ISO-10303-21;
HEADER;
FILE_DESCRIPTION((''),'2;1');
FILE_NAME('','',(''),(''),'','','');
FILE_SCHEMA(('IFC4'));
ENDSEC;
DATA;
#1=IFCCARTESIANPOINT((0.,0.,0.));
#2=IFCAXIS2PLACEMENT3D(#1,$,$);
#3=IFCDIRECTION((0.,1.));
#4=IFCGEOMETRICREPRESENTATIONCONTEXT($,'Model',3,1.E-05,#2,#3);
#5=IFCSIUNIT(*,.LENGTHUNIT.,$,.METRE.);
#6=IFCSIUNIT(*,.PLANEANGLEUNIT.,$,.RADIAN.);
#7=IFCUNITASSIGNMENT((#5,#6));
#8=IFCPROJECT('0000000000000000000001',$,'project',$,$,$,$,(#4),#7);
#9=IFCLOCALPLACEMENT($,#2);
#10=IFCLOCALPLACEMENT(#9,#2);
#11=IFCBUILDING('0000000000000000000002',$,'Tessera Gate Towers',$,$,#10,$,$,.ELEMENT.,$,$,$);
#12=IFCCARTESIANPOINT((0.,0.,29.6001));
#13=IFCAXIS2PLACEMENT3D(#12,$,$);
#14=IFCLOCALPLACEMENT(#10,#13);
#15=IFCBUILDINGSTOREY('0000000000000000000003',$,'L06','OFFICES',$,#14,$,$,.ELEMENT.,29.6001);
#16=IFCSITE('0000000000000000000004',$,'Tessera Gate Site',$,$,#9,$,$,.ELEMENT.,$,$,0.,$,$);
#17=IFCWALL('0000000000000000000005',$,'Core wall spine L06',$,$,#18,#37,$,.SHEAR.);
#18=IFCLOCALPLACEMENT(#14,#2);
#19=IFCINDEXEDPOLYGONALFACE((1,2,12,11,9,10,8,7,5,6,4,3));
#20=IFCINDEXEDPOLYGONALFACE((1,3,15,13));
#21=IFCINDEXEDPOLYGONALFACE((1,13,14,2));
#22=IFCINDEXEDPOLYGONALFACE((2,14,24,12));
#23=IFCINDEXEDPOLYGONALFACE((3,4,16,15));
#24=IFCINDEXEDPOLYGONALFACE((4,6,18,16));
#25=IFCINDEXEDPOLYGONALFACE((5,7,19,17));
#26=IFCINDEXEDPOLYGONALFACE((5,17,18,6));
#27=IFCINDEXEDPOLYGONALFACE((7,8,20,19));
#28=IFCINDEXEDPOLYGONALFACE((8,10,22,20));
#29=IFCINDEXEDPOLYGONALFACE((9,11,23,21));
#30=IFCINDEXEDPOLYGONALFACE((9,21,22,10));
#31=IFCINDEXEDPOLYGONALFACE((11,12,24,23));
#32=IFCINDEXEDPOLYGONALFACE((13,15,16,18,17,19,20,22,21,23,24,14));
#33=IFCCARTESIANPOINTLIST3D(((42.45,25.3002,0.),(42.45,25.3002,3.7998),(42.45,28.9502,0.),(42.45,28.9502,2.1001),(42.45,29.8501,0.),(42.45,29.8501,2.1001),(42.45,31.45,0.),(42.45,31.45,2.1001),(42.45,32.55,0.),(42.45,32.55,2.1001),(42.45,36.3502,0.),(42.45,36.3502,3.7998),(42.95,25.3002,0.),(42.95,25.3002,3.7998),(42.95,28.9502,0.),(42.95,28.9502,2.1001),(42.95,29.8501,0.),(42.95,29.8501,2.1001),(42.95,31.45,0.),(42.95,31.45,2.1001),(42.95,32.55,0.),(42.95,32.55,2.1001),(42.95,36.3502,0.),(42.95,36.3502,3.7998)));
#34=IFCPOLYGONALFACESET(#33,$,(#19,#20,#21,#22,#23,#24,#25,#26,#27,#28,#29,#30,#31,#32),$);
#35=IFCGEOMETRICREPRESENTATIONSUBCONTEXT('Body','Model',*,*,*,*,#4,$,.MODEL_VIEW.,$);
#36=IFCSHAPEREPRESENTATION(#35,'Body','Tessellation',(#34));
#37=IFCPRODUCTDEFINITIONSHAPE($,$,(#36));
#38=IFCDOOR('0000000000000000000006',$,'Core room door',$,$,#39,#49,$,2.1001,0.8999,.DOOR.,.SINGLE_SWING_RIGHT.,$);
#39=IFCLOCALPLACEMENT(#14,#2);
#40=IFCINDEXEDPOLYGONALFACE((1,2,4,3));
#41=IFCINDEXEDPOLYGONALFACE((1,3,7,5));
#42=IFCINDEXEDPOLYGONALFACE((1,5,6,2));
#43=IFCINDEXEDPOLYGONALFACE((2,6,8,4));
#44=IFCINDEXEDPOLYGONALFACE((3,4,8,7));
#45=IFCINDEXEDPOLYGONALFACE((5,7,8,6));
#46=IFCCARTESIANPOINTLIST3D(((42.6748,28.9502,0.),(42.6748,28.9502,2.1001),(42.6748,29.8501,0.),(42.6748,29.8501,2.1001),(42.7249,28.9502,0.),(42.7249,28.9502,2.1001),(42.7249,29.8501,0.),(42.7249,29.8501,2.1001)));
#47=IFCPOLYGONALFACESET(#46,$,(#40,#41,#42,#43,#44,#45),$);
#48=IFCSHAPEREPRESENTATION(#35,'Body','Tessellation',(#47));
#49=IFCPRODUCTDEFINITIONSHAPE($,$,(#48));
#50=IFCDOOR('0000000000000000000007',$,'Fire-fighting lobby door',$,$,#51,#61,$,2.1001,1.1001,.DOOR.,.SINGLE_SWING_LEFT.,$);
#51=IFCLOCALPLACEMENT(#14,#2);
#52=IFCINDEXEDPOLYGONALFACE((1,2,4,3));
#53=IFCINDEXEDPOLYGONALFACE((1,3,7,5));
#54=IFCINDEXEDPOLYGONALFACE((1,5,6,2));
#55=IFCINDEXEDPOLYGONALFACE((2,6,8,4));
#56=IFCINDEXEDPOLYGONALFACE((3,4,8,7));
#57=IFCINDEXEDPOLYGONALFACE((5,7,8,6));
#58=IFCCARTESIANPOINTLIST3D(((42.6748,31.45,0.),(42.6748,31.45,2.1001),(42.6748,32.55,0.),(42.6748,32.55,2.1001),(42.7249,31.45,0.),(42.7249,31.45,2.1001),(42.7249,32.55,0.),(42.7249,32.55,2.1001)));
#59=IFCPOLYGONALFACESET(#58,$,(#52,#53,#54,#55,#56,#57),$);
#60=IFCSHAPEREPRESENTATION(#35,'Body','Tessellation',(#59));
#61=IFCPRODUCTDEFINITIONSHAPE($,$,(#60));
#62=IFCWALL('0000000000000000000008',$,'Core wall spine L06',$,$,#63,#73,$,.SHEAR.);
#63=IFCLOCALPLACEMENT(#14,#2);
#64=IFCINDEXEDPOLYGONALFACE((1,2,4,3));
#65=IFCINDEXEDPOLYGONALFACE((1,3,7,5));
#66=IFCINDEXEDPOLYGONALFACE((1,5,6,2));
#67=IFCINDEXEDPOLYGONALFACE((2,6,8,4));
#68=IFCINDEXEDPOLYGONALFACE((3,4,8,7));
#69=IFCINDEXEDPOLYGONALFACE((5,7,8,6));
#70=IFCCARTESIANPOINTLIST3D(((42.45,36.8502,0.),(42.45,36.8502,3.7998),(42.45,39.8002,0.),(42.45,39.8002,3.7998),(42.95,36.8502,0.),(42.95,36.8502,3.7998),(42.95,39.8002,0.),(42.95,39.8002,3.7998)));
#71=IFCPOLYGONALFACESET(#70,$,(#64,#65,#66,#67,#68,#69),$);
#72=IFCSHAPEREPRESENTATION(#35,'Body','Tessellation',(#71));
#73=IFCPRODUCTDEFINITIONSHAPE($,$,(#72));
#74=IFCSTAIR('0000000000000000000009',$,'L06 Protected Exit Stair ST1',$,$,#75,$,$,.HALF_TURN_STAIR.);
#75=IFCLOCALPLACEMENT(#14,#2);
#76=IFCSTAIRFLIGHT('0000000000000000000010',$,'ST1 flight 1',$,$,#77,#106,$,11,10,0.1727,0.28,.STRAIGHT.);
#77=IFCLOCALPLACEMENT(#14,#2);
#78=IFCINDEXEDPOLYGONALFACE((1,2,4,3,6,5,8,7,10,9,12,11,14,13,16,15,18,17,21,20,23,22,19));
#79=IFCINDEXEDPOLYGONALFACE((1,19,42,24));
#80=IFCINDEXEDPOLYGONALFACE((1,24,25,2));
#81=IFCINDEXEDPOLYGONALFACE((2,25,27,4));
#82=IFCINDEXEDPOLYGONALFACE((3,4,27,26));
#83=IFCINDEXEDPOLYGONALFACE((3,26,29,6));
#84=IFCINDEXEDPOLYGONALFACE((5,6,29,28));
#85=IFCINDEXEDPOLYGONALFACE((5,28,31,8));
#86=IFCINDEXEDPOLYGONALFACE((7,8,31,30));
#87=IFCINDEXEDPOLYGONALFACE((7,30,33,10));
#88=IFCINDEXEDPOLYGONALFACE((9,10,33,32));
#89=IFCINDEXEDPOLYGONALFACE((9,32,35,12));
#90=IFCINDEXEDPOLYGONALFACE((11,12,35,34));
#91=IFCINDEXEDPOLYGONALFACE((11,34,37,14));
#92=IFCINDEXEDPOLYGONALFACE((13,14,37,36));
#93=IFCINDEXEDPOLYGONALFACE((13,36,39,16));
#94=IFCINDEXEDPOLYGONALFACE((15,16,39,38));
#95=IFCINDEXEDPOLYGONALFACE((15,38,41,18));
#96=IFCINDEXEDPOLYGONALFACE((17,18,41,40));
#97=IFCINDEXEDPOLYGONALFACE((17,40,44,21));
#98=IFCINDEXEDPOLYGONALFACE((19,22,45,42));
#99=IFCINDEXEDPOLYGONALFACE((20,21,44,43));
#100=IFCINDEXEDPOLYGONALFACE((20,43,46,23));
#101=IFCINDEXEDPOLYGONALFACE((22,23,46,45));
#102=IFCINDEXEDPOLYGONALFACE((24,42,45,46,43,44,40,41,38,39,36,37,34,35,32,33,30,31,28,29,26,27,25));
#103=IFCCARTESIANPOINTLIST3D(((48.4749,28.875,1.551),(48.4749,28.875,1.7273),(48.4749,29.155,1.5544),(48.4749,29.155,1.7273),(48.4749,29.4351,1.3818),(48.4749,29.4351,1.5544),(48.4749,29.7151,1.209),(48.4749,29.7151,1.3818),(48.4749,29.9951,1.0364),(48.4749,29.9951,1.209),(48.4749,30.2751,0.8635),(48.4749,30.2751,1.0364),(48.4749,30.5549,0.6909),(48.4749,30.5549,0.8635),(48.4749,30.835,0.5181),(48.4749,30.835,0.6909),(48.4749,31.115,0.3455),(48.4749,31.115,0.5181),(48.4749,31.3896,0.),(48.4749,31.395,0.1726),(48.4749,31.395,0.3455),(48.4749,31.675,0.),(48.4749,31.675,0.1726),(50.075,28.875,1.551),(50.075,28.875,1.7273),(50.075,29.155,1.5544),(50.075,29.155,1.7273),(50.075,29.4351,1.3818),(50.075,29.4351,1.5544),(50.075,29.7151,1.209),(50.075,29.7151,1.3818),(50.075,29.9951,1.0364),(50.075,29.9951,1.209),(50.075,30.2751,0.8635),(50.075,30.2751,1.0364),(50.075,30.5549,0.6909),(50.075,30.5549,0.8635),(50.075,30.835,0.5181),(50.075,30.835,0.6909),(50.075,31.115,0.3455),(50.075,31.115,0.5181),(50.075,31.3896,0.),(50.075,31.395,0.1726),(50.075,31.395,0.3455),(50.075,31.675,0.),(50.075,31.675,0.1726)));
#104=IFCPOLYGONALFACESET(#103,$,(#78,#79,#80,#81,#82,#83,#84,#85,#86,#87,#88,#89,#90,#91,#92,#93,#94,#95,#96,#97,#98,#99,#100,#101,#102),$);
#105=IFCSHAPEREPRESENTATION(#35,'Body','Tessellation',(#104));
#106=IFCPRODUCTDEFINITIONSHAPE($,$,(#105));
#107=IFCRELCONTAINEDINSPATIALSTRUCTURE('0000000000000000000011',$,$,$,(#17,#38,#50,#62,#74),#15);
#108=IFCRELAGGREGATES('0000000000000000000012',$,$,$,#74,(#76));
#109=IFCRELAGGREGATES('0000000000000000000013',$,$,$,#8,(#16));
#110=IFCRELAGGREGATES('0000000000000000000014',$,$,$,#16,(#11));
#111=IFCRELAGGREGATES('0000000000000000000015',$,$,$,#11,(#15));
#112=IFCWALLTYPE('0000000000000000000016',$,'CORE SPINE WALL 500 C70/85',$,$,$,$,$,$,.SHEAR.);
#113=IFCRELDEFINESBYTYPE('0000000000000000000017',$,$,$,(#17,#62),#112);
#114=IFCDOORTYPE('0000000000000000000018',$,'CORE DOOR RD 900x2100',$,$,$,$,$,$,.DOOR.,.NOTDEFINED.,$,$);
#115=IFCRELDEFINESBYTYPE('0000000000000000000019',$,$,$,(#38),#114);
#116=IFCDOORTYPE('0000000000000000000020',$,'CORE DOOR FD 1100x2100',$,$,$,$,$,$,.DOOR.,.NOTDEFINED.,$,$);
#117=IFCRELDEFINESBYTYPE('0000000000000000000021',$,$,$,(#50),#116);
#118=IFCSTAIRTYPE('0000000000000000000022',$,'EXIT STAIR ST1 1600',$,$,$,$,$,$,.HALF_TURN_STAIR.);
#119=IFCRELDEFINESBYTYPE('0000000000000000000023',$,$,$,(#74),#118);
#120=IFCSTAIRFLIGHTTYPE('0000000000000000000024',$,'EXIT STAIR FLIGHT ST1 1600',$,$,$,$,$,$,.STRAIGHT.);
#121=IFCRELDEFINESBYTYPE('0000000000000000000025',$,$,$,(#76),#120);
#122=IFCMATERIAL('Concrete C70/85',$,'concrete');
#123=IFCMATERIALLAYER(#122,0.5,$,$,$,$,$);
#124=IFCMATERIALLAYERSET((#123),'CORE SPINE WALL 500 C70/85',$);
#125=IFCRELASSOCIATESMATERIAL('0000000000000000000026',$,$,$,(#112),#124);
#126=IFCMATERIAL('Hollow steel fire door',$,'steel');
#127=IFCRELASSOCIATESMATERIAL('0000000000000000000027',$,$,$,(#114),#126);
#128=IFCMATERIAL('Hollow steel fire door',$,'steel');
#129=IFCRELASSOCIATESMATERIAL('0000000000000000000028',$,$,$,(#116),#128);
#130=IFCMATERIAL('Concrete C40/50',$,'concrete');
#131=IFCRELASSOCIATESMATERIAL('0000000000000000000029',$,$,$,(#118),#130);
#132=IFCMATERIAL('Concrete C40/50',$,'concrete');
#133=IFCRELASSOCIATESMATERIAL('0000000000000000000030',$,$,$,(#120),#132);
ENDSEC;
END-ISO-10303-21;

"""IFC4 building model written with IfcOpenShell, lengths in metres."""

from ifc_helpers import new_model, si_unit, direction, frame, frame_2d, origin, place, context, subcontext, project, spatial, polyline, rectangle, outline, extrude, source, transform, mapped, material, layer, layer_set, type_object, element, fill, aggregate, save


model = new_model("IFC4")

# Units and contexts
model_context = context("Model", 3, precision=1e-05, world=origin(), true_north=direction((0.0, 1.0)))
body_context = subcontext(model_context, "Body", "Model", "MODEL_VIEW")
ifc_project = project(units=[si_unit("LENGTHUNIT", "METRE"), si_unit("PLANEANGLEUNIT", "RADIAN")], contexts=[model_context])

# Site, building, storey
site_placement = place(None, origin())
site = spatial("IfcSite", under=ifc_project, at=site_placement, Name="Tessera Gate Site", CompositionType="ELEMENT", RefElevation=0.0)
building_placement = place(site_placement, origin())
building = spatial("IfcBuilding", under=site, at=building_placement, Name="Tessera Gate Towers", CompositionType="ELEMENT")
storey_placement = place(building_placement, frame((0.0, 0.0, 29.6001)))
storey = spatial("IfcBuildingStorey", under=building, at=storey_placement, Name="L06", Description="OFFICES", CompositionType="ELEMENT", Elevation=29.6001)

# Wall, openings, doors
ifc_material_1 = material(Name="Concrete C70/85", Category="concrete")
ifc_layer_1 = layer(ifc_material_1, 0.5)
ifc_layer_set_1 = layer_set([ifc_layer_1], Name="CORE SPINE WALL 500 C70/85")
wall_type_1 = type_object("IfcWallType", Name="CORE SPINE WALL 500 C70/85", PredefinedType="SHEAR", material=ifc_layer_set_1)
wall_1_placement = place(storey_placement, frame((42.7, 36.3501, 0.0), z_axis=(0.0, 0.0, 1.0), x_axis=(0.0, -1.0, 0.0)))
wall_1 = element("IfcWall", 1, at=wall_1_placement, inside=storey, type_object=wall_type_1, Name="Core wall spine L06", PredefinedType="SHEAR", context=body_context, shape_type="SweptSolid", body=[
    extrude(rectangle(XDim=11.05, YDim=0.5, at=frame_2d((5.5249, 0.0))), origin(), (0.0, 0.0, 1.0), 3.7998),
])
shared_shape_1 = source(origin(), body_context, "Body", "SweptSolid", [
    extrude(rectangle(XDim=0.8999, YDim=2.1001, at=frame_2d((0.45, 1.05))), frame((0.0, 0.26, 0.0), z_axis=(0.0, -1.0, 0.0), x_axis=(1.0, 0.0, 0.0)), (0.0, 0.0, 1.0), 0.52),
])
opening_1_placement = place(wall_1_placement, frame((6.5, 0.0, 0.0)))
opening_1 = element("IfcOpeningElement", 2, at=opening_1_placement, cuts=wall_1, PredefinedType="OPENING", context=body_context, shape_type="MappedRepresentation", body=[
    mapped(shared_shape_1, transform((0.0, 0.0, 0.0), scale=1.0)),
])
shared_shape_2 = source(origin(), body_context, "Body", "SweptSolid", [
    extrude(rectangle(XDim=1.1001, YDim=2.1001, at=frame_2d((0.55, 1.05))), frame((0.0, 0.26, 0.0), z_axis=(0.0, -1.0, 0.0), x_axis=(1.0, 0.0, 0.0)), (0.0, 0.0, 1.0), 0.52),
])
opening_2_placement = place(wall_1_placement, frame((3.8, 0.0, 0.0)))
opening_2 = element("IfcOpeningElement", 3, at=opening_2_placement, cuts=wall_1, PredefinedType="OPENING", context=body_context, shape_type="MappedRepresentation", body=[
    mapped(shared_shape_2, transform((0.0, 0.0, 0.0), scale=1.0)),
])
ifc_material_2 = material(Name="Hollow steel fire door", Category="steel")
door_type_1 = type_object("IfcDoorType", Name="CORE DOOR RD 900x2100", OperationType="NOTDEFINED", PredefinedType="DOOR", material=ifc_material_2)
shared_shape_3 = source(origin(), body_context, "Body", "SweptSolid", [
    extrude(rectangle(XDim=0.8999, YDim=2.1001, at=frame_2d((0.45, 1.05))), frame((0.0, 0.0249, 0.0), z_axis=(0.0, -1.0, 0.0), x_axis=(1.0, 0.0, 0.0)), (0.0, 0.0, 1.0), 0.05),
])
door_1_placement = place(opening_1_placement, origin())
door_1 = element("IfcDoor", 4, at=door_1_placement, inside=storey, type_object=door_type_1, Name="Core room door", OperationType="SINGLE_SWING_RIGHT", OverallHeight=2.1001, OverallWidth=0.8999, PredefinedType="DOOR", context=body_context, shape_type="MappedRepresentation", body=[
    mapped(shared_shape_3, transform((0.0, 0.0, 0.0), scale=1.0)),
])
fill(opening_1, door_1)
ifc_material_3 = material(Name="Hollow steel fire door", Category="steel")
door_type_2 = type_object("IfcDoorType", Name="CORE DOOR FD 1100x2100", OperationType="NOTDEFINED", PredefinedType="DOOR", material=ifc_material_3)
shared_shape_4 = source(origin(), body_context, "Body", "SweptSolid", [
    extrude(rectangle(XDim=1.1001, YDim=2.1001, at=frame_2d((0.55, 1.05))), frame((0.0, 0.0249, 0.0), z_axis=(0.0, -1.0, 0.0), x_axis=(1.0, 0.0, 0.0)), (0.0, 0.0, 1.0), 0.05),
])
door_2_placement = place(opening_2_placement, origin())
door_2 = element("IfcDoor", 5, at=door_2_placement, inside=storey, type_object=door_type_2, Name="Fire-fighting lobby door", OperationType="SINGLE_SWING_LEFT", OverallHeight=2.1001, OverallWidth=1.1001, PredefinedType="DOOR", context=body_context, shape_type="MappedRepresentation", body=[
    mapped(shared_shape_4, transform((0.0, 0.0, 0.0), scale=1.0)),
])
fill(opening_2, door_2)

# Wall
wall_2_placement = place(storey_placement, frame((42.7, 36.8501, 0.0), z_axis=(0.0, 0.0, 1.0), x_axis=(0.0, 1.0, 0.0)))
element("IfcWall", 6, at=wall_2_placement, inside=storey, type_object=wall_type_1, Name="Core wall spine L06", PredefinedType="SHEAR", context=body_context, shape_type="SweptSolid", body=[
    extrude(rectangle(XDim=2.95, YDim=0.5, at=frame_2d((1.4751, 0.0))), origin(), (0.0, 0.0, 1.0), 3.7998),
])

# Stair, stair flight
ifc_material_4 = material(Name="Concrete C40/50", Category="concrete")
stair_type = type_object("IfcStairType", Name="EXIT STAIR ST1 1600", PredefinedType="HALF_TURN_STAIR", material=ifc_material_4)
stair_placement = place(storey_placement, origin())
stair = element("IfcStair", 7, at=stair_placement, inside=storey, type_object=stair_type, Name="L06 Protected Exit Stair ST1", PredefinedType="HALF_TURN_STAIR")
ifc_material_5 = material(Name="Concrete C40/50", Category="concrete")
stair_flight_type = type_object("IfcStairFlightType", Name="EXIT STAIR FLIGHT ST1 1600", PredefinedType="STRAIGHT", material=ifc_material_5)
stair_flight_placement = place(storey_placement, frame((49.2749, 31.675, 0.0), z_axis=(0.0, 0.0, 1.0), x_axis=(0.0, -1.0, 0.0)))
stair_flight = element("IfcStairFlight", 8, at=stair_flight_placement, type_object=stair_flight_type, Name="ST1 flight 1", NumberOfRisers=11, NumberOfTreads=10, PredefinedType="STRAIGHT", RiserHeight=0.1727, TreadLength=0.28, context=body_context, shape_type="SweptSolid", body=[
    extrude(outline(polyline([(0.0, 0.0), (0.0, 0.1726), (0.28, 0.1726), (0.28, 0.3455), (0.5601, 0.3455), (0.5601, 0.5181), (0.8401, 0.5181), (0.8401, 0.6909), (1.1201, 0.6909), (1.1201, 0.8635), (1.3999, 0.8635), (1.3999, 1.0364), (1.6799, 1.0364), (1.6799, 1.209), (1.96, 1.209), (1.96, 1.3818), (2.24, 1.3818), (2.24, 1.5544), (2.52, 1.5544), (2.52, 1.7273), (2.8, 1.7273), (2.8, 1.8999), (2.8, 1.551), (0.2854, 0.0), (0.0, 0.0)])), frame((0.0, 0.8, 0.0), z_axis=(0.0, -1.0, 0.0), x_axis=(1.0, 0.0, 0.0)), (0.0, 0.0, 1.0), 1.6001),
])
aggregate(stair, [stair_flight])

save(model, "model.ifc")
